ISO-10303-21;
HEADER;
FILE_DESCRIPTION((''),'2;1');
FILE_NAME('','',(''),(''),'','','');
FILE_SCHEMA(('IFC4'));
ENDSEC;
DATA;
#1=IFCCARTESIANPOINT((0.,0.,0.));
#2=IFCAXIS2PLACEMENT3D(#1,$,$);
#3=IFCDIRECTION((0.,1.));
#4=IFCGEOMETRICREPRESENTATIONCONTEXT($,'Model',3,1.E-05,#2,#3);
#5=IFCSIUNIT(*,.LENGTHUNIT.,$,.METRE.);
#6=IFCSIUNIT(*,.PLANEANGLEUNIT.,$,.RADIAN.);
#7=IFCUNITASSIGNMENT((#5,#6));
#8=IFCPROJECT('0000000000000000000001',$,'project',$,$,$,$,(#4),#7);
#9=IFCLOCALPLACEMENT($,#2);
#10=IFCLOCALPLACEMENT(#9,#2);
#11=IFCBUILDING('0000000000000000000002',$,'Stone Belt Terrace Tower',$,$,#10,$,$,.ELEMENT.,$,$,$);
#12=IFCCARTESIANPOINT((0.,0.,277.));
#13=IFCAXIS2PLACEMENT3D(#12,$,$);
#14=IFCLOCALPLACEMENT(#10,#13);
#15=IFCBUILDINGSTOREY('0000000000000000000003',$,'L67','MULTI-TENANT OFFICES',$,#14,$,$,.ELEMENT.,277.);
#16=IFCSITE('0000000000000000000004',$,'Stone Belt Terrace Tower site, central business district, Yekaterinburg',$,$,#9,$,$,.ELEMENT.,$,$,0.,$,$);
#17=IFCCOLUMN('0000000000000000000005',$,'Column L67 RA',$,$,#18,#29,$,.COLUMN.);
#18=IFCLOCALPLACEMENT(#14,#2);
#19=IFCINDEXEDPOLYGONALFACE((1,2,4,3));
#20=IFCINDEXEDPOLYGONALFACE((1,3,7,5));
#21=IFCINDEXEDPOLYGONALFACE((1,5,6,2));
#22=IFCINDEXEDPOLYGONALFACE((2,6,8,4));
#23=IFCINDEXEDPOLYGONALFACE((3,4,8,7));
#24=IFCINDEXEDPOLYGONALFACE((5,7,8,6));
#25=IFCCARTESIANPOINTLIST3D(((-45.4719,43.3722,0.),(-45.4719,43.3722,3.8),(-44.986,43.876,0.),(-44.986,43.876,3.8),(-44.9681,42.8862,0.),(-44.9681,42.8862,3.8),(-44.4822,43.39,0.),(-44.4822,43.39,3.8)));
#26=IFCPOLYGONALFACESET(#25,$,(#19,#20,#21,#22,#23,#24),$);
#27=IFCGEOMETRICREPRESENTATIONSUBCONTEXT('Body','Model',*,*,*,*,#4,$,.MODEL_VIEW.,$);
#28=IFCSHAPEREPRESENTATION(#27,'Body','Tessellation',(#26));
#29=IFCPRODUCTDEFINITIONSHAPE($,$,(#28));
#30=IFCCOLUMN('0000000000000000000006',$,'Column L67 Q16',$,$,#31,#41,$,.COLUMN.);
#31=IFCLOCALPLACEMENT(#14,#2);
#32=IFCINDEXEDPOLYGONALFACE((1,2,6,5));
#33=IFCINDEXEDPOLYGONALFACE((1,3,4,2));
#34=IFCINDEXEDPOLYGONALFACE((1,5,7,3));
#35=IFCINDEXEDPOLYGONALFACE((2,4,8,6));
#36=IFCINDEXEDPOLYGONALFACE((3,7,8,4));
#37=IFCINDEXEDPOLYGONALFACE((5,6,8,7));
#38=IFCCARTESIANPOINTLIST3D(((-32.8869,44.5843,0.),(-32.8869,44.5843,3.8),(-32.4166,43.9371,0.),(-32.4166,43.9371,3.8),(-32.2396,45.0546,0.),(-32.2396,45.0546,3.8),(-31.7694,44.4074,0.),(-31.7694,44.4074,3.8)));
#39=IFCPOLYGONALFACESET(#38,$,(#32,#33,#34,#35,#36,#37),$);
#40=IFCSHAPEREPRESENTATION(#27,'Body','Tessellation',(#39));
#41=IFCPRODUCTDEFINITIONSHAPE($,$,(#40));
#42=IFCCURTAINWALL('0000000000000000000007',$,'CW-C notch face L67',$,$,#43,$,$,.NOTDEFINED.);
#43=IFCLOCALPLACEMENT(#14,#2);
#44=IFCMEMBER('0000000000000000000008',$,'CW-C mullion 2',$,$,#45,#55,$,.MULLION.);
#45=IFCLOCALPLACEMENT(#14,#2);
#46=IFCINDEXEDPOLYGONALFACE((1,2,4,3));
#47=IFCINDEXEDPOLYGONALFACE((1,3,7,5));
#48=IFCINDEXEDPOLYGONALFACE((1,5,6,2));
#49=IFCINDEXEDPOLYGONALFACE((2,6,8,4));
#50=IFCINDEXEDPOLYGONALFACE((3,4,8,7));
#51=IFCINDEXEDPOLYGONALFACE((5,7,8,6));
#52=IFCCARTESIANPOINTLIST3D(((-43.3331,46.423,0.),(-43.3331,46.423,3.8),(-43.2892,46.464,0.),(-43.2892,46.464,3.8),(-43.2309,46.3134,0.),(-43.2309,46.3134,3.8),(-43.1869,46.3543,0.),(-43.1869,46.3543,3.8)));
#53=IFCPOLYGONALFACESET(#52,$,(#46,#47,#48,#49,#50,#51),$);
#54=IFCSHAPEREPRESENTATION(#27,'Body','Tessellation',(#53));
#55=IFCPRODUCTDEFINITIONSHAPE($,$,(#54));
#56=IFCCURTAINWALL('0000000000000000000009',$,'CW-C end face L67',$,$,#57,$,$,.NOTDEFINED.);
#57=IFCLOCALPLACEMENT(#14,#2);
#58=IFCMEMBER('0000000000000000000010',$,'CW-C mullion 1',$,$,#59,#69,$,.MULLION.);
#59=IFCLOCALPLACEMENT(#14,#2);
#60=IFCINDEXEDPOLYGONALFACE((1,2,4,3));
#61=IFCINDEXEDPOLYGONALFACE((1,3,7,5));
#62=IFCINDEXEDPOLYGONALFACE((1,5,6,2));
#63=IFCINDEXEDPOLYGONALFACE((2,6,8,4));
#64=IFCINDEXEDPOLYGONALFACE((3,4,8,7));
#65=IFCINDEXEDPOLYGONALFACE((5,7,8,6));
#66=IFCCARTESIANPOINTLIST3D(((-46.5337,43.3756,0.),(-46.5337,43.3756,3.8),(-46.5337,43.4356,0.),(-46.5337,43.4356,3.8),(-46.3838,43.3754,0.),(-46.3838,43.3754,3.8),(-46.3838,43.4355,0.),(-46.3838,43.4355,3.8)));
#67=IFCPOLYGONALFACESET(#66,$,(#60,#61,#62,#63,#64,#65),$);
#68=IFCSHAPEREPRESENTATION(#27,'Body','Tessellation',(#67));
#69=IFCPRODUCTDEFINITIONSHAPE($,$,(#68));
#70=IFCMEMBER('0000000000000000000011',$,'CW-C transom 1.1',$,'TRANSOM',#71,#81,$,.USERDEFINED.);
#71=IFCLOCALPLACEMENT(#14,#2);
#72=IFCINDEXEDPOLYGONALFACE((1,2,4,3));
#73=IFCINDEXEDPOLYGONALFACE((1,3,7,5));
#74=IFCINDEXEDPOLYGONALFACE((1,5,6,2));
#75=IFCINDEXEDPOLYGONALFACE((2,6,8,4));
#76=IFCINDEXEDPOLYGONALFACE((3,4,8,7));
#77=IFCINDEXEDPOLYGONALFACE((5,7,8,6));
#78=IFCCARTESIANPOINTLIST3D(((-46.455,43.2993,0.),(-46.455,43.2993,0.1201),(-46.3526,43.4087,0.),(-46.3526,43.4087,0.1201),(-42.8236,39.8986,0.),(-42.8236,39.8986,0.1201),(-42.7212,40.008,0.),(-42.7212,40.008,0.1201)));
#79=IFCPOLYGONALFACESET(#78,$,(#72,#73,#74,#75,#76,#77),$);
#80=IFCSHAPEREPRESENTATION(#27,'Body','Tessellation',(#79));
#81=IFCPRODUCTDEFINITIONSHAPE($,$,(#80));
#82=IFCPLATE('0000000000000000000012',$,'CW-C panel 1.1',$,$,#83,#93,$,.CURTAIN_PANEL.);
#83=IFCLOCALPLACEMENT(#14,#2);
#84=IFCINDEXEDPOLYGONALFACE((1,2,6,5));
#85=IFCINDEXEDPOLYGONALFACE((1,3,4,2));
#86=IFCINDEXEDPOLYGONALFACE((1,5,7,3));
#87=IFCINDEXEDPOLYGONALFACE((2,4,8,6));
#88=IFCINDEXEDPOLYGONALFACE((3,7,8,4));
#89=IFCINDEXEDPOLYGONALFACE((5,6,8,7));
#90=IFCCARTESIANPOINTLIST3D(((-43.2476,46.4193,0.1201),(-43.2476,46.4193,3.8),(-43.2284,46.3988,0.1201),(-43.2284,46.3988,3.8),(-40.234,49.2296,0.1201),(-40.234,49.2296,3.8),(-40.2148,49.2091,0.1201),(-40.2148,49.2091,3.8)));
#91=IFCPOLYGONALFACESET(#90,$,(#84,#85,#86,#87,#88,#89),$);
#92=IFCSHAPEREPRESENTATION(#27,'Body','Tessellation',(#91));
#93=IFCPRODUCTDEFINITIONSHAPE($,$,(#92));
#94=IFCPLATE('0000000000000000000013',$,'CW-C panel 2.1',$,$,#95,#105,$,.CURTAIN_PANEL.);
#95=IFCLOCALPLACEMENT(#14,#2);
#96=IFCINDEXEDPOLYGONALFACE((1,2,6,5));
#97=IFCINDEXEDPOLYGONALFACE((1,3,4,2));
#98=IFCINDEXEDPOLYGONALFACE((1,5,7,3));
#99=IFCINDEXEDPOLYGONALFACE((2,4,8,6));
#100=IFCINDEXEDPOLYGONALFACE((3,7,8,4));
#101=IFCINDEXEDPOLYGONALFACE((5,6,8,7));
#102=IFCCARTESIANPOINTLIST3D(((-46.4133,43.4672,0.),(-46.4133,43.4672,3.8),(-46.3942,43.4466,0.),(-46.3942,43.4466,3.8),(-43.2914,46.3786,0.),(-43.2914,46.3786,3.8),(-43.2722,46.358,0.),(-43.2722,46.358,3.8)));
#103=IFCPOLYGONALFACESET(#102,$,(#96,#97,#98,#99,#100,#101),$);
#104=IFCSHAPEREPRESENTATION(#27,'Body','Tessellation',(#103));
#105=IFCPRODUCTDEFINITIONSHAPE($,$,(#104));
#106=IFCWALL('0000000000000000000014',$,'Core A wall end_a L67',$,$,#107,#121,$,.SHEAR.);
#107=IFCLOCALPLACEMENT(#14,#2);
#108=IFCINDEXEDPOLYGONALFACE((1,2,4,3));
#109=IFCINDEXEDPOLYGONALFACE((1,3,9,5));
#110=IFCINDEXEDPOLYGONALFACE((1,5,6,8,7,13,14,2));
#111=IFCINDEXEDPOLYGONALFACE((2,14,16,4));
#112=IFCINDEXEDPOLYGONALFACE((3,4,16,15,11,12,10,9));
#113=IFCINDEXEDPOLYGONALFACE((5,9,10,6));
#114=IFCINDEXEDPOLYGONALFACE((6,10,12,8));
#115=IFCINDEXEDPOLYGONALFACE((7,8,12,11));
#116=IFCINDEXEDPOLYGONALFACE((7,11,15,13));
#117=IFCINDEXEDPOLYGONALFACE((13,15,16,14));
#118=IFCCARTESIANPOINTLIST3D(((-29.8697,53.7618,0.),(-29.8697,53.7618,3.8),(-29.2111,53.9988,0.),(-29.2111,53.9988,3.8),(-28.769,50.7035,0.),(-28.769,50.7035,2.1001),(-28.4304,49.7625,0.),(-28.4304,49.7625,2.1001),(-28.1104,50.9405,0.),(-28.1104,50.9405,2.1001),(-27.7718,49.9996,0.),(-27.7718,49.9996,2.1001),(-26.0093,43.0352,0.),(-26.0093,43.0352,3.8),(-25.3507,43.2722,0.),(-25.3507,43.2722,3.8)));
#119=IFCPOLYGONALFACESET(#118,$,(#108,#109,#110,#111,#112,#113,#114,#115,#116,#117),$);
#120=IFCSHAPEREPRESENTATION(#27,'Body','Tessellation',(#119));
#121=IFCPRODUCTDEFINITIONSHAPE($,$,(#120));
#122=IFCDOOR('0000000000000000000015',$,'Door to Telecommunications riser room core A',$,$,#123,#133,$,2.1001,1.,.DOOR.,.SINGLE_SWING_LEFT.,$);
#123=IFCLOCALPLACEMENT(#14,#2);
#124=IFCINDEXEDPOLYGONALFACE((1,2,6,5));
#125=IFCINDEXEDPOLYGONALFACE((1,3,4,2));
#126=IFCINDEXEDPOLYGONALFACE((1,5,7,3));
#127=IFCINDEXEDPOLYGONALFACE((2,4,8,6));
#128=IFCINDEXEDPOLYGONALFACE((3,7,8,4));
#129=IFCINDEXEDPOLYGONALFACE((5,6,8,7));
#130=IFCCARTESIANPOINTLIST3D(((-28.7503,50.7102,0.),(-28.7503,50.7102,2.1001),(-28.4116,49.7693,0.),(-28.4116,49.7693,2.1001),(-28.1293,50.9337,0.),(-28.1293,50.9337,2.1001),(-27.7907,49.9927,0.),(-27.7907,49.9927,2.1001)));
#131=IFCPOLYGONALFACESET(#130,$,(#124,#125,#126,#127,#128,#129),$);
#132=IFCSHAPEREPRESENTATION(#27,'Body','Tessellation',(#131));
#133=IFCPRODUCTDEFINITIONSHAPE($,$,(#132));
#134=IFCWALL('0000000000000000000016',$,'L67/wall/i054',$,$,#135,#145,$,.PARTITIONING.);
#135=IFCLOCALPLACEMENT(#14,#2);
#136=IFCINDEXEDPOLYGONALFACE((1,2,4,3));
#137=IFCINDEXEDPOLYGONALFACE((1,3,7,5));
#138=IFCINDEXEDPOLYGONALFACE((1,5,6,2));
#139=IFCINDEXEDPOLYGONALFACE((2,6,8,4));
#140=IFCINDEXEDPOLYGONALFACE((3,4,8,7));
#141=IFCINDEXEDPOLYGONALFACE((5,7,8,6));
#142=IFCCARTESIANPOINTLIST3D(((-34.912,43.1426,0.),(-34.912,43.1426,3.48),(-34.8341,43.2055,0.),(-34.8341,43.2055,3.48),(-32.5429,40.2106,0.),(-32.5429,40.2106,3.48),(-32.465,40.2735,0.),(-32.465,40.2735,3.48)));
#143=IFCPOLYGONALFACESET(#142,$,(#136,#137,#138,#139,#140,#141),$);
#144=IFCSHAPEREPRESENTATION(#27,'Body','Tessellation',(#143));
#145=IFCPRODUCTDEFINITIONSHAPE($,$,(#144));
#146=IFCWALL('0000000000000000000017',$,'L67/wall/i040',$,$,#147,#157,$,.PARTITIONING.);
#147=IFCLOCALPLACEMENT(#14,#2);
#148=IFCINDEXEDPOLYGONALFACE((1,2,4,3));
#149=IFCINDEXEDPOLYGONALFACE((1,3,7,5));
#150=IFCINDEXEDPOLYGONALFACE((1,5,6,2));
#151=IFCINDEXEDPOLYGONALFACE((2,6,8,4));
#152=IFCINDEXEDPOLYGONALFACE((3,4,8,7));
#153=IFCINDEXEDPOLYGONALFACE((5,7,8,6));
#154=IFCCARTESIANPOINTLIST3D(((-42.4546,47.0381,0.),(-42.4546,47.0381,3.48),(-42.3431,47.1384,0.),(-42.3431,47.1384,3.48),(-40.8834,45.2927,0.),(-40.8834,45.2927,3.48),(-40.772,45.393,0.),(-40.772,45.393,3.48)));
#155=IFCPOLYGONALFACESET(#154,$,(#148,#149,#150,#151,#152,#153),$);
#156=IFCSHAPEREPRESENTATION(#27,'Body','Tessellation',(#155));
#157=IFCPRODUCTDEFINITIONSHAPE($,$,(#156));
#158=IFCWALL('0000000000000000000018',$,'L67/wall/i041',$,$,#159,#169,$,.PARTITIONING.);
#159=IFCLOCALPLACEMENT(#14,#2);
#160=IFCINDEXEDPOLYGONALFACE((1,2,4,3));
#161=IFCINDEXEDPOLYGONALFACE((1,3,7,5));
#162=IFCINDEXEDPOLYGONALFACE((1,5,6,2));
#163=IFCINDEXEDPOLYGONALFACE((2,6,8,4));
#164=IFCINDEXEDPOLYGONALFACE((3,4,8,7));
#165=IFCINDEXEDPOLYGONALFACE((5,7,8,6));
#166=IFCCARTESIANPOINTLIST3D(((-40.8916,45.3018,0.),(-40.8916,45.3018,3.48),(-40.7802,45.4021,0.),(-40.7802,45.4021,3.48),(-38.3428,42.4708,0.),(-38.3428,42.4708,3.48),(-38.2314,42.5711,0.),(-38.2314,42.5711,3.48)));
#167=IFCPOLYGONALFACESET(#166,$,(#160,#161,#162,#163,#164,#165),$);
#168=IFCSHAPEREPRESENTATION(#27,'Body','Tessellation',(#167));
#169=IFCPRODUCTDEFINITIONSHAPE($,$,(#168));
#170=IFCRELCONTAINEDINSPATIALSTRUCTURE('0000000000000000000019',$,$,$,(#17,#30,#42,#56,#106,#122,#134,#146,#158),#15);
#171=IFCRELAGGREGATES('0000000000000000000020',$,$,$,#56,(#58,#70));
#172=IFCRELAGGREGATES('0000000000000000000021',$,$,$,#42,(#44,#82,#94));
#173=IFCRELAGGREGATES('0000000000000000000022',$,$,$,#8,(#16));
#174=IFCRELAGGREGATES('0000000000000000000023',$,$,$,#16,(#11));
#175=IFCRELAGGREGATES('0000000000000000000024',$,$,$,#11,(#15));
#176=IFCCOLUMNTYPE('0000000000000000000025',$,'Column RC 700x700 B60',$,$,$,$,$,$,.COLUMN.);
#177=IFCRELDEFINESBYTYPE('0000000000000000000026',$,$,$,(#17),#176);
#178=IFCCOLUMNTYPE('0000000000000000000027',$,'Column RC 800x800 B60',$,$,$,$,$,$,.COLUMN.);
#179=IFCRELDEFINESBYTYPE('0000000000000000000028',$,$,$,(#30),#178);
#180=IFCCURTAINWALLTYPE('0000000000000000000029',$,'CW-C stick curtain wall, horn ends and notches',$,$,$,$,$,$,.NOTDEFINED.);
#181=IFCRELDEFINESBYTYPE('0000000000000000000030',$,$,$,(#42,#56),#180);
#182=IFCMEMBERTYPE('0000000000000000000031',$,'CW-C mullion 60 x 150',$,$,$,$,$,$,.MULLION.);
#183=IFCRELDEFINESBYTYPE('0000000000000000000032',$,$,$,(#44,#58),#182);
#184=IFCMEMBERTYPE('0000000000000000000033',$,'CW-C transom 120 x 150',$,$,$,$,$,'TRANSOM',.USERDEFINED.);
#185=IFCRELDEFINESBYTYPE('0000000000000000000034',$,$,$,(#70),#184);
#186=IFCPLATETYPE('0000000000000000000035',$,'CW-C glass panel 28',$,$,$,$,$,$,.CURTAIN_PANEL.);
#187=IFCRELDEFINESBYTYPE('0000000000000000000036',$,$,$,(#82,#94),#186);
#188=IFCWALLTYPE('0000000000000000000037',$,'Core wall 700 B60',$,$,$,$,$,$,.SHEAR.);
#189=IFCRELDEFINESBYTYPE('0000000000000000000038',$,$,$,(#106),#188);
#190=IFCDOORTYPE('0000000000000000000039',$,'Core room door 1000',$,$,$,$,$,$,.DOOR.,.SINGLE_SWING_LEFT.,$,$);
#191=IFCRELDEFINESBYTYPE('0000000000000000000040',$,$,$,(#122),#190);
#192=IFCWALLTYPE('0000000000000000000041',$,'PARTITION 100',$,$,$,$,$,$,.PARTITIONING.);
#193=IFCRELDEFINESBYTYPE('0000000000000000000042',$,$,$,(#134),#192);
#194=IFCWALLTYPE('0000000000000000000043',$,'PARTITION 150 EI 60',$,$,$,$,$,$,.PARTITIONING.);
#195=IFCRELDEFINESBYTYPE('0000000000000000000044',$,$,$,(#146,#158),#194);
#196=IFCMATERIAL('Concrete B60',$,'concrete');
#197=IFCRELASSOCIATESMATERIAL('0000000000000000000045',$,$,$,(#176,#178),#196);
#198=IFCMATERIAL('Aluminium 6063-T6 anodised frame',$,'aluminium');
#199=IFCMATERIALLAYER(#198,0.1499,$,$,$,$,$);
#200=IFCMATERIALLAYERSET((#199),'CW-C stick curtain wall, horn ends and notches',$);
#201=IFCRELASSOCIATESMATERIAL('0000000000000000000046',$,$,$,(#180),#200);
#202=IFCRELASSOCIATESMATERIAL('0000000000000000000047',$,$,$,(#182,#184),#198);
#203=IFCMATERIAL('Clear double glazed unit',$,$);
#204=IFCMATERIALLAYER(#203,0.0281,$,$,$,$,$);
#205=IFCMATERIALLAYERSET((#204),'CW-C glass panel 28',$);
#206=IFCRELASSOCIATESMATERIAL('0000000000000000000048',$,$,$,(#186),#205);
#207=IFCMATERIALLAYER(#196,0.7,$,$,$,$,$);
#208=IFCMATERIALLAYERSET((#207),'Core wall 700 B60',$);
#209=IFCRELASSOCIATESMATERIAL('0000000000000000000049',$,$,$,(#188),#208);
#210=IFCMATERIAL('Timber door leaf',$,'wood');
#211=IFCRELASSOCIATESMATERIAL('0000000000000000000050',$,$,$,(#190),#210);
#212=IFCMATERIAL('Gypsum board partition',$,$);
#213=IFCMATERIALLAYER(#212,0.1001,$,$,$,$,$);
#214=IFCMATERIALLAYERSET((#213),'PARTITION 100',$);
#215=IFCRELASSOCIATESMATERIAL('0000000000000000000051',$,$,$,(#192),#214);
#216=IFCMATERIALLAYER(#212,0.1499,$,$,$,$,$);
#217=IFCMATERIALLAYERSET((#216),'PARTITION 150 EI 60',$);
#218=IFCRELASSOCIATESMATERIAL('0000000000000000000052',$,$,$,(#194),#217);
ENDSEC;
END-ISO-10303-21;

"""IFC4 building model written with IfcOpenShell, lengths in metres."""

from ifc_helpers import new_model, si_unit, direction, frame, frame_2d, origin, origin_2d, place, context, subcontext, project, spatial, rectangle, extrude, material, layer, layer_set, material_profile, profile_set, type_object, element, fill, aggregate, save


model = new_model("IFC4")

# Units and contexts
model_context = context("Model", 3, precision=1e-05, world=origin(), true_north=direction((0.0, 1.0)))
body_context = subcontext(model_context, "Body", "Model", "MODEL_VIEW")
ifc_project = project(units=[si_unit("LENGTHUNIT", "METRE"), si_unit("PLANEANGLEUNIT", "RADIAN")], contexts=[model_context])

# Site, building, storey
site_placement = place(None, origin())
site = spatial("IfcSite", under=ifc_project, at=site_placement, Name="Stone Belt Terrace Tower site, central business district, Yekaterinburg", CompositionType="ELEMENT", RefElevation=0.0)
building_placement = place(site_placement, origin())
building = spatial("IfcBuilding", under=site, at=building_placement, Name="Stone Belt Terrace Tower", CompositionType="ELEMENT")
storey_placement = place(building_placement, frame((0.0, 0.0, 277.0)))
storey = spatial("IfcBuildingStorey", under=building, at=storey_placement, Name="L67", Description="MULTI-TENANT OFFICES", CompositionType="ELEMENT", Elevation=277.0)

# Columns
ifc_material_1 = material(Name="Concrete B60", Category="concrete")
ifc_material_profile_1 = material_profile(ifc_material_1, rectangle(XDim=0.7, YDim=0.7, at=origin_2d()), Name="RC 700x700")
ifc_profile_set_1 = profile_set([ifc_material_profile_1], Name="Concrete B60")
column_type_1 = type_object("IfcColumnType", Name="Column RC 700x700 B60", PredefinedType="COLUMN", material=ifc_profile_set_1)
column_1_placement = place(storey_placement, frame((-44.9771, 43.3811, 0.0), z_axis=(0.0, 0.0, 1.0), x_axis=(0.694221, 0.719762, 0.0)))
element("IfcColumn", 1, at=column_1_placement, inside=storey, type_object=column_type_1, Name="Column L67 RA", PredefinedType="COLUMN", context=body_context, shape_type="SweptSolid", body=[
    extrude(rectangle(XDim=0.7, YDim=0.7, at=origin_2d()), origin(), (0.0, 0.0, 1.0), 3.8),
])
ifc_material_profile_2 = material_profile(ifc_material_1, rectangle(XDim=0.8, YDim=0.8, at=origin_2d()), Name="RC 800x800")
ifc_profile_set_2 = profile_set([ifc_material_profile_2], Name="Concrete B60")
column_type_2 = type_object("IfcColumnType", Name="Column RC 800x800 B60", PredefinedType="COLUMN", material=ifc_profile_set_2)
column_2_placement = place(storey_placement, frame((-32.3281, 44.4958, 0.0), z_axis=(0.0, 0.0, 1.0), x_axis=(0.809017, 0.587785, 0.0)))
element("IfcColumn", 2, at=column_2_placement, inside=storey, type_object=column_type_2, Name="Column L67 Q16", PredefinedType="COLUMN", context=body_context, shape_type="SweptSolid", body=[
    extrude(rectangle(XDim=0.8, YDim=0.8, at=origin_2d()), origin(), (0.0, 0.0, 1.0), 3.8),
])

# Curtain wall, member
ifc_material_2 = material(Name="Aluminium 6063-T6 anodised frame", Category="aluminium")
ifc_layer_1 = layer(ifc_material_2, 0.1499)
ifc_layer_set_1 = layer_set([ifc_layer_1], Name="CW-C stick curtain wall, horn ends and notches")
curtain_wall_type = type_object("IfcCurtainWallType", Name="CW-C stick curtain wall, horn ends and notches", PredefinedType="NOTDEFINED", material=ifc_layer_set_1)
curtain_wall_1_placement = place(storey_placement, origin())
curtain_wall_1 = element("IfcCurtainWall", 3, at=curtain_wall_1_placement, inside=storey, type_object=curtain_wall_type, Name="CW-C notch face L67", PredefinedType="NOTDEFINED")
ifc_material_profile_3 = material_profile(ifc_material_2, rectangle(XDim=0.1499, YDim=0.0601, at=origin_2d()), Name="Aluminium 6063-T6 60x150")
ifc_profile_set_3 = profile_set([ifc_material_profile_3], Name="Aluminium 6063-T6 anodised frame")
member_type_1 = type_object("IfcMemberType", Name="CW-C mullion 60 x 150", PredefinedType="MULLION", material=ifc_profile_set_3)
member_1_placement = place(storey_placement, frame((-43.26, 46.3887, 0.0), z_axis=(0.0, 0.0, 1.0), x_axis=(0.682014, -0.731339, 0.0)))
member_1 = element("IfcMember", 4, at=member_1_placement, type_object=member_type_1, Name="CW-C mullion 2", PredefinedType="MULLION", context=body_context, shape_type="SweptSolid", body=[
    extrude(rectangle(XDim=0.1499, YDim=0.0601, at=origin_2d()), origin(), (0.0, 0.0, 1.0), 3.8),
])

# Curtain wall, members
curtain_wall_2_placement = place(storey_placement, origin())
curtain_wall_2 = element("IfcCurtainWall", 5, at=curtain_wall_2_placement, inside=storey, type_object=curtain_wall_type, Name="CW-C end face L67", PredefinedType="NOTDEFINED")
member_2_placement = place(storey_placement, frame((-46.4587, 43.4055, 0.0), z_axis=(0.0, 0.0, 1.0), x_axis=(0.999999, -0.001051, 0.0)))
member_2 = element("IfcMember", 6, at=member_2_placement, type_object=member_type_1, Name="CW-C mullion 1", PredefinedType="MULLION", context=body_context, shape_type="SweptSolid", body=[
    extrude(rectangle(XDim=0.1499, YDim=0.0601, at=origin_2d()), origin(), (0.0, 0.0, 1.0), 3.8),
])
ifc_material_profile_4 = material_profile(ifc_material_2, rectangle(XDim=0.1499, YDim=0.1201, at=origin_2d()), Name="Aluminium 6063-T6 150x120")
ifc_profile_set_4 = profile_set([ifc_material_profile_4], Name="Aluminium 6063-T6 anodised frame")
member_type_2 = type_object("IfcMemberType", Name="CW-C transom 120 x 150", ElementType="TRANSOM", PredefinedType="USERDEFINED", material=ifc_profile_set_4)
member_3_placement = place(storey_placement, frame((-46.4038, 43.354, 0.0601), z_axis=(0.729914, -0.683539, 0.0), x_axis=(0.683539, 0.729914, 0.0)))
member_3 = element("IfcMember", 7, at=member_3_placement, type_object=member_type_2, Name="CW-C transom 1.1", ObjectType="TRANSOM", PredefinedType="USERDEFINED", context=body_context, shape_type="SweptSolid", body=[
    extrude(rectangle(XDim=0.1499, YDim=0.1201, at=origin_2d()), origin(), (0.0, 0.0, 1.0), 4.9751),
])
aggregate(curtain_wall_2, [member_2, member_3])

# Plates
ifc_material_3 = material(Name="Clear double glazed unit")
ifc_layer_2 = layer(ifc_material_3, 0.0281)
ifc_layer_set_2 = layer_set([ifc_layer_2], Name="CW-C glass panel 28")
plate_type = type_object("IfcPlateType", Name="CW-C glass panel 28", PredefinedType="CURTAIN_PANEL", material=ifc_layer_set_2)
plate_1_placement = place(storey_placement, frame((-41.7312, 47.8142, 0.1201), z_axis=(0.0, 0.0, 1.0), x_axis=(-0.731339, -0.682014, 0.0)))
plate_1 = element("IfcPlate", 8, at=plate_1_placement, type_object=plate_type, Name="CW-C panel 1.1", PredefinedType="CURTAIN_PANEL", context=body_context, shape_type="SweptSolid", body=[
    extrude(rectangle(XDim=4.1206, YDim=0.0281, at=origin_2d()), origin(), (0.0, 0.0, 1.0), 3.6799),
])
plate_2_placement = place(storey_placement, frame((-44.8428, 44.9126, 0.0), z_axis=(0.0, 0.0, 1.0), x_axis=(-0.731339, -0.682014, 0.0)))
plate_2 = element("IfcPlate", 9, at=plate_2_placement, type_object=plate_type, Name="CW-C panel 2.1", PredefinedType="CURTAIN_PANEL", context=body_context, shape_type="SweptSolid", body=[
    extrude(rectangle(XDim=4.2688, YDim=0.0281, at=origin_2d()), origin(), (0.0, 0.0, 1.0), 3.8),
])
aggregate(curtain_wall_1, [member_1, plate_1, plate_2])

# Wall, opening, door
ifc_layer_3 = layer(ifc_material_1, 0.7)
ifc_layer_set_3 = layer_set([ifc_layer_3], Name="Core wall 700 B60")
wall_type_1 = type_object("IfcWallType", Name="Core wall 700 B60", PredefinedType="SHEAR", material=ifc_layer_set_3)
wall_1_placement = place(storey_placement, frame((-25.6799, 43.1536, 0.0), z_axis=(0.0, 0.0, 1.0), x_axis=(-0.338625, 0.940921, 0.0)))
wall_1 = element("IfcWall", 10, at=wall_1_placement, inside=storey, type_object=wall_type_1, Name="Core A wall end_a L67", PredefinedType="SHEAR", context=body_context, shape_type="SweptSolid", body=[
    extrude(rectangle(XDim=11.4001, YDim=0.7, at=frame_2d((5.7002, 0.0))), origin(), (0.0, 0.0, 1.0), 3.8),
])
opening_placement = place(wall_1_placement, frame((7.1499, 0.0, 0.0)))
opening = element("IfcOpeningElement", 11, at=opening_placement, cuts=wall_1, PredefinedType="OPENING", context=body_context, shape_type="SweptSolid", body=[
    extrude(rectangle(XDim=1.0, YDim=2.1001, at=frame_2d((0.5, 1.05))), frame((0.0, 0.3599, 0.0), z_axis=(0.0, -1.0, 0.0), x_axis=(1.0, 0.0, 0.0)), (0.0, 0.0, 1.0), 0.72),
])
ifc_material_4 = material(Name="Timber door leaf", Category="wood")
door_type = type_object("IfcDoorType", Name="Core room door 1000", OperationType="SINGLE_SWING_LEFT", PredefinedType="DOOR", material=ifc_material_4)
door_placement = place(opening_placement, origin())
door = element("IfcDoor", 12, at=door_placement, inside=storey, type_object=door_type, Name="Door to Telecommunications riser room core A", OperationType="SINGLE_SWING_LEFT", OverallHeight=2.1001, OverallWidth=1.0, PredefinedType="DOOR", context=body_context, shape_type="SweptSolid", body=[
    extrude(rectangle(XDim=1.0, YDim=2.1001, at=frame_2d((0.5, 1.05))), frame((0.0, 0.3301, 0.0), z_axis=(0.0, -1.0, 0.0), x_axis=(1.0, 0.0, 0.0)), (0.0, 0.0, 1.0), 0.6599),
])
fill(opening, door)

# Walls
ifc_material_5 = material(Name="Gypsum board partition")
ifc_layer_4 = layer(ifc_material_5, 0.1001)
ifc_layer_set_4 = layer_set([ifc_layer_4], Name="PARTITION 100")
wall_type_2 = type_object("IfcWallType", Name="PARTITION 100", PredefinedType="PARTITIONING", material=ifc_layer_set_4)
wall_2_placement = place(storey_placement, frame((-34.873, 43.1741, 0.0), z_axis=(0.0, 0.0, 1.0), x_axis=(0.628479, -0.777827, 0.0)))
element("IfcWall", 13, at=wall_2_placement, inside=storey, type_object=wall_type_2, Name="L67/wall/i054", PredefinedType="PARTITIONING", context=body_context, shape_type="SweptSolid", body=[
    extrude(rectangle(XDim=3.7695, YDim=0.1001, at=frame_2d((1.8848, 0.0))), origin(), (0.0, 0.0, 1.0), 3.48),
])
ifc_layer_5 = layer(ifc_material_5, 0.1499)
ifc_layer_set_5 = layer_set([ifc_layer_5], Name="PARTITION 150 EI 60")
wall_type_3 = type_object("IfcWallType", Name="PARTITION 150 EI 60", PredefinedType="PARTITIONING", material=ifc_layer_set_5)
wall_3_placement = place(storey_placement, frame((-42.3989, 47.0884, 0.0), z_axis=(0.0, 0.0, 1.0), x_axis=(0.669016, -0.743248, 0.0)))
element("IfcWall", 14, at=wall_3_placement, inside=storey, type_object=wall_type_3, Name="L67/wall/i040", PredefinedType="PARTITIONING", context=body_context, shape_type="SweptSolid", body=[
    extrude(rectangle(XDim=2.3484, YDim=0.1499, at=frame_2d((1.1743, 0.0))), origin(), (0.0, 0.0, 1.0), 3.48),
])
wall_4_placement = place(storey_placement, frame((-40.8359, 45.3521, 0.0), z_axis=(0.0, 0.0, 1.0), x_axis=(0.669092, -0.743179, 0.0)))
element("IfcWall", 15, at=wall_4_placement, inside=storey, type_object=wall_type_3, Name="L67/wall/i041", PredefinedType="PARTITIONING", context=body_context, shape_type="SweptSolid", body=[
    extrude(rectangle(XDim=3.8093, YDim=0.1499, at=frame_2d((1.9048, 0.0))), origin(), (0.0, 0.0, 1.0), 3.48),
])

save(model, "model.ifc")
